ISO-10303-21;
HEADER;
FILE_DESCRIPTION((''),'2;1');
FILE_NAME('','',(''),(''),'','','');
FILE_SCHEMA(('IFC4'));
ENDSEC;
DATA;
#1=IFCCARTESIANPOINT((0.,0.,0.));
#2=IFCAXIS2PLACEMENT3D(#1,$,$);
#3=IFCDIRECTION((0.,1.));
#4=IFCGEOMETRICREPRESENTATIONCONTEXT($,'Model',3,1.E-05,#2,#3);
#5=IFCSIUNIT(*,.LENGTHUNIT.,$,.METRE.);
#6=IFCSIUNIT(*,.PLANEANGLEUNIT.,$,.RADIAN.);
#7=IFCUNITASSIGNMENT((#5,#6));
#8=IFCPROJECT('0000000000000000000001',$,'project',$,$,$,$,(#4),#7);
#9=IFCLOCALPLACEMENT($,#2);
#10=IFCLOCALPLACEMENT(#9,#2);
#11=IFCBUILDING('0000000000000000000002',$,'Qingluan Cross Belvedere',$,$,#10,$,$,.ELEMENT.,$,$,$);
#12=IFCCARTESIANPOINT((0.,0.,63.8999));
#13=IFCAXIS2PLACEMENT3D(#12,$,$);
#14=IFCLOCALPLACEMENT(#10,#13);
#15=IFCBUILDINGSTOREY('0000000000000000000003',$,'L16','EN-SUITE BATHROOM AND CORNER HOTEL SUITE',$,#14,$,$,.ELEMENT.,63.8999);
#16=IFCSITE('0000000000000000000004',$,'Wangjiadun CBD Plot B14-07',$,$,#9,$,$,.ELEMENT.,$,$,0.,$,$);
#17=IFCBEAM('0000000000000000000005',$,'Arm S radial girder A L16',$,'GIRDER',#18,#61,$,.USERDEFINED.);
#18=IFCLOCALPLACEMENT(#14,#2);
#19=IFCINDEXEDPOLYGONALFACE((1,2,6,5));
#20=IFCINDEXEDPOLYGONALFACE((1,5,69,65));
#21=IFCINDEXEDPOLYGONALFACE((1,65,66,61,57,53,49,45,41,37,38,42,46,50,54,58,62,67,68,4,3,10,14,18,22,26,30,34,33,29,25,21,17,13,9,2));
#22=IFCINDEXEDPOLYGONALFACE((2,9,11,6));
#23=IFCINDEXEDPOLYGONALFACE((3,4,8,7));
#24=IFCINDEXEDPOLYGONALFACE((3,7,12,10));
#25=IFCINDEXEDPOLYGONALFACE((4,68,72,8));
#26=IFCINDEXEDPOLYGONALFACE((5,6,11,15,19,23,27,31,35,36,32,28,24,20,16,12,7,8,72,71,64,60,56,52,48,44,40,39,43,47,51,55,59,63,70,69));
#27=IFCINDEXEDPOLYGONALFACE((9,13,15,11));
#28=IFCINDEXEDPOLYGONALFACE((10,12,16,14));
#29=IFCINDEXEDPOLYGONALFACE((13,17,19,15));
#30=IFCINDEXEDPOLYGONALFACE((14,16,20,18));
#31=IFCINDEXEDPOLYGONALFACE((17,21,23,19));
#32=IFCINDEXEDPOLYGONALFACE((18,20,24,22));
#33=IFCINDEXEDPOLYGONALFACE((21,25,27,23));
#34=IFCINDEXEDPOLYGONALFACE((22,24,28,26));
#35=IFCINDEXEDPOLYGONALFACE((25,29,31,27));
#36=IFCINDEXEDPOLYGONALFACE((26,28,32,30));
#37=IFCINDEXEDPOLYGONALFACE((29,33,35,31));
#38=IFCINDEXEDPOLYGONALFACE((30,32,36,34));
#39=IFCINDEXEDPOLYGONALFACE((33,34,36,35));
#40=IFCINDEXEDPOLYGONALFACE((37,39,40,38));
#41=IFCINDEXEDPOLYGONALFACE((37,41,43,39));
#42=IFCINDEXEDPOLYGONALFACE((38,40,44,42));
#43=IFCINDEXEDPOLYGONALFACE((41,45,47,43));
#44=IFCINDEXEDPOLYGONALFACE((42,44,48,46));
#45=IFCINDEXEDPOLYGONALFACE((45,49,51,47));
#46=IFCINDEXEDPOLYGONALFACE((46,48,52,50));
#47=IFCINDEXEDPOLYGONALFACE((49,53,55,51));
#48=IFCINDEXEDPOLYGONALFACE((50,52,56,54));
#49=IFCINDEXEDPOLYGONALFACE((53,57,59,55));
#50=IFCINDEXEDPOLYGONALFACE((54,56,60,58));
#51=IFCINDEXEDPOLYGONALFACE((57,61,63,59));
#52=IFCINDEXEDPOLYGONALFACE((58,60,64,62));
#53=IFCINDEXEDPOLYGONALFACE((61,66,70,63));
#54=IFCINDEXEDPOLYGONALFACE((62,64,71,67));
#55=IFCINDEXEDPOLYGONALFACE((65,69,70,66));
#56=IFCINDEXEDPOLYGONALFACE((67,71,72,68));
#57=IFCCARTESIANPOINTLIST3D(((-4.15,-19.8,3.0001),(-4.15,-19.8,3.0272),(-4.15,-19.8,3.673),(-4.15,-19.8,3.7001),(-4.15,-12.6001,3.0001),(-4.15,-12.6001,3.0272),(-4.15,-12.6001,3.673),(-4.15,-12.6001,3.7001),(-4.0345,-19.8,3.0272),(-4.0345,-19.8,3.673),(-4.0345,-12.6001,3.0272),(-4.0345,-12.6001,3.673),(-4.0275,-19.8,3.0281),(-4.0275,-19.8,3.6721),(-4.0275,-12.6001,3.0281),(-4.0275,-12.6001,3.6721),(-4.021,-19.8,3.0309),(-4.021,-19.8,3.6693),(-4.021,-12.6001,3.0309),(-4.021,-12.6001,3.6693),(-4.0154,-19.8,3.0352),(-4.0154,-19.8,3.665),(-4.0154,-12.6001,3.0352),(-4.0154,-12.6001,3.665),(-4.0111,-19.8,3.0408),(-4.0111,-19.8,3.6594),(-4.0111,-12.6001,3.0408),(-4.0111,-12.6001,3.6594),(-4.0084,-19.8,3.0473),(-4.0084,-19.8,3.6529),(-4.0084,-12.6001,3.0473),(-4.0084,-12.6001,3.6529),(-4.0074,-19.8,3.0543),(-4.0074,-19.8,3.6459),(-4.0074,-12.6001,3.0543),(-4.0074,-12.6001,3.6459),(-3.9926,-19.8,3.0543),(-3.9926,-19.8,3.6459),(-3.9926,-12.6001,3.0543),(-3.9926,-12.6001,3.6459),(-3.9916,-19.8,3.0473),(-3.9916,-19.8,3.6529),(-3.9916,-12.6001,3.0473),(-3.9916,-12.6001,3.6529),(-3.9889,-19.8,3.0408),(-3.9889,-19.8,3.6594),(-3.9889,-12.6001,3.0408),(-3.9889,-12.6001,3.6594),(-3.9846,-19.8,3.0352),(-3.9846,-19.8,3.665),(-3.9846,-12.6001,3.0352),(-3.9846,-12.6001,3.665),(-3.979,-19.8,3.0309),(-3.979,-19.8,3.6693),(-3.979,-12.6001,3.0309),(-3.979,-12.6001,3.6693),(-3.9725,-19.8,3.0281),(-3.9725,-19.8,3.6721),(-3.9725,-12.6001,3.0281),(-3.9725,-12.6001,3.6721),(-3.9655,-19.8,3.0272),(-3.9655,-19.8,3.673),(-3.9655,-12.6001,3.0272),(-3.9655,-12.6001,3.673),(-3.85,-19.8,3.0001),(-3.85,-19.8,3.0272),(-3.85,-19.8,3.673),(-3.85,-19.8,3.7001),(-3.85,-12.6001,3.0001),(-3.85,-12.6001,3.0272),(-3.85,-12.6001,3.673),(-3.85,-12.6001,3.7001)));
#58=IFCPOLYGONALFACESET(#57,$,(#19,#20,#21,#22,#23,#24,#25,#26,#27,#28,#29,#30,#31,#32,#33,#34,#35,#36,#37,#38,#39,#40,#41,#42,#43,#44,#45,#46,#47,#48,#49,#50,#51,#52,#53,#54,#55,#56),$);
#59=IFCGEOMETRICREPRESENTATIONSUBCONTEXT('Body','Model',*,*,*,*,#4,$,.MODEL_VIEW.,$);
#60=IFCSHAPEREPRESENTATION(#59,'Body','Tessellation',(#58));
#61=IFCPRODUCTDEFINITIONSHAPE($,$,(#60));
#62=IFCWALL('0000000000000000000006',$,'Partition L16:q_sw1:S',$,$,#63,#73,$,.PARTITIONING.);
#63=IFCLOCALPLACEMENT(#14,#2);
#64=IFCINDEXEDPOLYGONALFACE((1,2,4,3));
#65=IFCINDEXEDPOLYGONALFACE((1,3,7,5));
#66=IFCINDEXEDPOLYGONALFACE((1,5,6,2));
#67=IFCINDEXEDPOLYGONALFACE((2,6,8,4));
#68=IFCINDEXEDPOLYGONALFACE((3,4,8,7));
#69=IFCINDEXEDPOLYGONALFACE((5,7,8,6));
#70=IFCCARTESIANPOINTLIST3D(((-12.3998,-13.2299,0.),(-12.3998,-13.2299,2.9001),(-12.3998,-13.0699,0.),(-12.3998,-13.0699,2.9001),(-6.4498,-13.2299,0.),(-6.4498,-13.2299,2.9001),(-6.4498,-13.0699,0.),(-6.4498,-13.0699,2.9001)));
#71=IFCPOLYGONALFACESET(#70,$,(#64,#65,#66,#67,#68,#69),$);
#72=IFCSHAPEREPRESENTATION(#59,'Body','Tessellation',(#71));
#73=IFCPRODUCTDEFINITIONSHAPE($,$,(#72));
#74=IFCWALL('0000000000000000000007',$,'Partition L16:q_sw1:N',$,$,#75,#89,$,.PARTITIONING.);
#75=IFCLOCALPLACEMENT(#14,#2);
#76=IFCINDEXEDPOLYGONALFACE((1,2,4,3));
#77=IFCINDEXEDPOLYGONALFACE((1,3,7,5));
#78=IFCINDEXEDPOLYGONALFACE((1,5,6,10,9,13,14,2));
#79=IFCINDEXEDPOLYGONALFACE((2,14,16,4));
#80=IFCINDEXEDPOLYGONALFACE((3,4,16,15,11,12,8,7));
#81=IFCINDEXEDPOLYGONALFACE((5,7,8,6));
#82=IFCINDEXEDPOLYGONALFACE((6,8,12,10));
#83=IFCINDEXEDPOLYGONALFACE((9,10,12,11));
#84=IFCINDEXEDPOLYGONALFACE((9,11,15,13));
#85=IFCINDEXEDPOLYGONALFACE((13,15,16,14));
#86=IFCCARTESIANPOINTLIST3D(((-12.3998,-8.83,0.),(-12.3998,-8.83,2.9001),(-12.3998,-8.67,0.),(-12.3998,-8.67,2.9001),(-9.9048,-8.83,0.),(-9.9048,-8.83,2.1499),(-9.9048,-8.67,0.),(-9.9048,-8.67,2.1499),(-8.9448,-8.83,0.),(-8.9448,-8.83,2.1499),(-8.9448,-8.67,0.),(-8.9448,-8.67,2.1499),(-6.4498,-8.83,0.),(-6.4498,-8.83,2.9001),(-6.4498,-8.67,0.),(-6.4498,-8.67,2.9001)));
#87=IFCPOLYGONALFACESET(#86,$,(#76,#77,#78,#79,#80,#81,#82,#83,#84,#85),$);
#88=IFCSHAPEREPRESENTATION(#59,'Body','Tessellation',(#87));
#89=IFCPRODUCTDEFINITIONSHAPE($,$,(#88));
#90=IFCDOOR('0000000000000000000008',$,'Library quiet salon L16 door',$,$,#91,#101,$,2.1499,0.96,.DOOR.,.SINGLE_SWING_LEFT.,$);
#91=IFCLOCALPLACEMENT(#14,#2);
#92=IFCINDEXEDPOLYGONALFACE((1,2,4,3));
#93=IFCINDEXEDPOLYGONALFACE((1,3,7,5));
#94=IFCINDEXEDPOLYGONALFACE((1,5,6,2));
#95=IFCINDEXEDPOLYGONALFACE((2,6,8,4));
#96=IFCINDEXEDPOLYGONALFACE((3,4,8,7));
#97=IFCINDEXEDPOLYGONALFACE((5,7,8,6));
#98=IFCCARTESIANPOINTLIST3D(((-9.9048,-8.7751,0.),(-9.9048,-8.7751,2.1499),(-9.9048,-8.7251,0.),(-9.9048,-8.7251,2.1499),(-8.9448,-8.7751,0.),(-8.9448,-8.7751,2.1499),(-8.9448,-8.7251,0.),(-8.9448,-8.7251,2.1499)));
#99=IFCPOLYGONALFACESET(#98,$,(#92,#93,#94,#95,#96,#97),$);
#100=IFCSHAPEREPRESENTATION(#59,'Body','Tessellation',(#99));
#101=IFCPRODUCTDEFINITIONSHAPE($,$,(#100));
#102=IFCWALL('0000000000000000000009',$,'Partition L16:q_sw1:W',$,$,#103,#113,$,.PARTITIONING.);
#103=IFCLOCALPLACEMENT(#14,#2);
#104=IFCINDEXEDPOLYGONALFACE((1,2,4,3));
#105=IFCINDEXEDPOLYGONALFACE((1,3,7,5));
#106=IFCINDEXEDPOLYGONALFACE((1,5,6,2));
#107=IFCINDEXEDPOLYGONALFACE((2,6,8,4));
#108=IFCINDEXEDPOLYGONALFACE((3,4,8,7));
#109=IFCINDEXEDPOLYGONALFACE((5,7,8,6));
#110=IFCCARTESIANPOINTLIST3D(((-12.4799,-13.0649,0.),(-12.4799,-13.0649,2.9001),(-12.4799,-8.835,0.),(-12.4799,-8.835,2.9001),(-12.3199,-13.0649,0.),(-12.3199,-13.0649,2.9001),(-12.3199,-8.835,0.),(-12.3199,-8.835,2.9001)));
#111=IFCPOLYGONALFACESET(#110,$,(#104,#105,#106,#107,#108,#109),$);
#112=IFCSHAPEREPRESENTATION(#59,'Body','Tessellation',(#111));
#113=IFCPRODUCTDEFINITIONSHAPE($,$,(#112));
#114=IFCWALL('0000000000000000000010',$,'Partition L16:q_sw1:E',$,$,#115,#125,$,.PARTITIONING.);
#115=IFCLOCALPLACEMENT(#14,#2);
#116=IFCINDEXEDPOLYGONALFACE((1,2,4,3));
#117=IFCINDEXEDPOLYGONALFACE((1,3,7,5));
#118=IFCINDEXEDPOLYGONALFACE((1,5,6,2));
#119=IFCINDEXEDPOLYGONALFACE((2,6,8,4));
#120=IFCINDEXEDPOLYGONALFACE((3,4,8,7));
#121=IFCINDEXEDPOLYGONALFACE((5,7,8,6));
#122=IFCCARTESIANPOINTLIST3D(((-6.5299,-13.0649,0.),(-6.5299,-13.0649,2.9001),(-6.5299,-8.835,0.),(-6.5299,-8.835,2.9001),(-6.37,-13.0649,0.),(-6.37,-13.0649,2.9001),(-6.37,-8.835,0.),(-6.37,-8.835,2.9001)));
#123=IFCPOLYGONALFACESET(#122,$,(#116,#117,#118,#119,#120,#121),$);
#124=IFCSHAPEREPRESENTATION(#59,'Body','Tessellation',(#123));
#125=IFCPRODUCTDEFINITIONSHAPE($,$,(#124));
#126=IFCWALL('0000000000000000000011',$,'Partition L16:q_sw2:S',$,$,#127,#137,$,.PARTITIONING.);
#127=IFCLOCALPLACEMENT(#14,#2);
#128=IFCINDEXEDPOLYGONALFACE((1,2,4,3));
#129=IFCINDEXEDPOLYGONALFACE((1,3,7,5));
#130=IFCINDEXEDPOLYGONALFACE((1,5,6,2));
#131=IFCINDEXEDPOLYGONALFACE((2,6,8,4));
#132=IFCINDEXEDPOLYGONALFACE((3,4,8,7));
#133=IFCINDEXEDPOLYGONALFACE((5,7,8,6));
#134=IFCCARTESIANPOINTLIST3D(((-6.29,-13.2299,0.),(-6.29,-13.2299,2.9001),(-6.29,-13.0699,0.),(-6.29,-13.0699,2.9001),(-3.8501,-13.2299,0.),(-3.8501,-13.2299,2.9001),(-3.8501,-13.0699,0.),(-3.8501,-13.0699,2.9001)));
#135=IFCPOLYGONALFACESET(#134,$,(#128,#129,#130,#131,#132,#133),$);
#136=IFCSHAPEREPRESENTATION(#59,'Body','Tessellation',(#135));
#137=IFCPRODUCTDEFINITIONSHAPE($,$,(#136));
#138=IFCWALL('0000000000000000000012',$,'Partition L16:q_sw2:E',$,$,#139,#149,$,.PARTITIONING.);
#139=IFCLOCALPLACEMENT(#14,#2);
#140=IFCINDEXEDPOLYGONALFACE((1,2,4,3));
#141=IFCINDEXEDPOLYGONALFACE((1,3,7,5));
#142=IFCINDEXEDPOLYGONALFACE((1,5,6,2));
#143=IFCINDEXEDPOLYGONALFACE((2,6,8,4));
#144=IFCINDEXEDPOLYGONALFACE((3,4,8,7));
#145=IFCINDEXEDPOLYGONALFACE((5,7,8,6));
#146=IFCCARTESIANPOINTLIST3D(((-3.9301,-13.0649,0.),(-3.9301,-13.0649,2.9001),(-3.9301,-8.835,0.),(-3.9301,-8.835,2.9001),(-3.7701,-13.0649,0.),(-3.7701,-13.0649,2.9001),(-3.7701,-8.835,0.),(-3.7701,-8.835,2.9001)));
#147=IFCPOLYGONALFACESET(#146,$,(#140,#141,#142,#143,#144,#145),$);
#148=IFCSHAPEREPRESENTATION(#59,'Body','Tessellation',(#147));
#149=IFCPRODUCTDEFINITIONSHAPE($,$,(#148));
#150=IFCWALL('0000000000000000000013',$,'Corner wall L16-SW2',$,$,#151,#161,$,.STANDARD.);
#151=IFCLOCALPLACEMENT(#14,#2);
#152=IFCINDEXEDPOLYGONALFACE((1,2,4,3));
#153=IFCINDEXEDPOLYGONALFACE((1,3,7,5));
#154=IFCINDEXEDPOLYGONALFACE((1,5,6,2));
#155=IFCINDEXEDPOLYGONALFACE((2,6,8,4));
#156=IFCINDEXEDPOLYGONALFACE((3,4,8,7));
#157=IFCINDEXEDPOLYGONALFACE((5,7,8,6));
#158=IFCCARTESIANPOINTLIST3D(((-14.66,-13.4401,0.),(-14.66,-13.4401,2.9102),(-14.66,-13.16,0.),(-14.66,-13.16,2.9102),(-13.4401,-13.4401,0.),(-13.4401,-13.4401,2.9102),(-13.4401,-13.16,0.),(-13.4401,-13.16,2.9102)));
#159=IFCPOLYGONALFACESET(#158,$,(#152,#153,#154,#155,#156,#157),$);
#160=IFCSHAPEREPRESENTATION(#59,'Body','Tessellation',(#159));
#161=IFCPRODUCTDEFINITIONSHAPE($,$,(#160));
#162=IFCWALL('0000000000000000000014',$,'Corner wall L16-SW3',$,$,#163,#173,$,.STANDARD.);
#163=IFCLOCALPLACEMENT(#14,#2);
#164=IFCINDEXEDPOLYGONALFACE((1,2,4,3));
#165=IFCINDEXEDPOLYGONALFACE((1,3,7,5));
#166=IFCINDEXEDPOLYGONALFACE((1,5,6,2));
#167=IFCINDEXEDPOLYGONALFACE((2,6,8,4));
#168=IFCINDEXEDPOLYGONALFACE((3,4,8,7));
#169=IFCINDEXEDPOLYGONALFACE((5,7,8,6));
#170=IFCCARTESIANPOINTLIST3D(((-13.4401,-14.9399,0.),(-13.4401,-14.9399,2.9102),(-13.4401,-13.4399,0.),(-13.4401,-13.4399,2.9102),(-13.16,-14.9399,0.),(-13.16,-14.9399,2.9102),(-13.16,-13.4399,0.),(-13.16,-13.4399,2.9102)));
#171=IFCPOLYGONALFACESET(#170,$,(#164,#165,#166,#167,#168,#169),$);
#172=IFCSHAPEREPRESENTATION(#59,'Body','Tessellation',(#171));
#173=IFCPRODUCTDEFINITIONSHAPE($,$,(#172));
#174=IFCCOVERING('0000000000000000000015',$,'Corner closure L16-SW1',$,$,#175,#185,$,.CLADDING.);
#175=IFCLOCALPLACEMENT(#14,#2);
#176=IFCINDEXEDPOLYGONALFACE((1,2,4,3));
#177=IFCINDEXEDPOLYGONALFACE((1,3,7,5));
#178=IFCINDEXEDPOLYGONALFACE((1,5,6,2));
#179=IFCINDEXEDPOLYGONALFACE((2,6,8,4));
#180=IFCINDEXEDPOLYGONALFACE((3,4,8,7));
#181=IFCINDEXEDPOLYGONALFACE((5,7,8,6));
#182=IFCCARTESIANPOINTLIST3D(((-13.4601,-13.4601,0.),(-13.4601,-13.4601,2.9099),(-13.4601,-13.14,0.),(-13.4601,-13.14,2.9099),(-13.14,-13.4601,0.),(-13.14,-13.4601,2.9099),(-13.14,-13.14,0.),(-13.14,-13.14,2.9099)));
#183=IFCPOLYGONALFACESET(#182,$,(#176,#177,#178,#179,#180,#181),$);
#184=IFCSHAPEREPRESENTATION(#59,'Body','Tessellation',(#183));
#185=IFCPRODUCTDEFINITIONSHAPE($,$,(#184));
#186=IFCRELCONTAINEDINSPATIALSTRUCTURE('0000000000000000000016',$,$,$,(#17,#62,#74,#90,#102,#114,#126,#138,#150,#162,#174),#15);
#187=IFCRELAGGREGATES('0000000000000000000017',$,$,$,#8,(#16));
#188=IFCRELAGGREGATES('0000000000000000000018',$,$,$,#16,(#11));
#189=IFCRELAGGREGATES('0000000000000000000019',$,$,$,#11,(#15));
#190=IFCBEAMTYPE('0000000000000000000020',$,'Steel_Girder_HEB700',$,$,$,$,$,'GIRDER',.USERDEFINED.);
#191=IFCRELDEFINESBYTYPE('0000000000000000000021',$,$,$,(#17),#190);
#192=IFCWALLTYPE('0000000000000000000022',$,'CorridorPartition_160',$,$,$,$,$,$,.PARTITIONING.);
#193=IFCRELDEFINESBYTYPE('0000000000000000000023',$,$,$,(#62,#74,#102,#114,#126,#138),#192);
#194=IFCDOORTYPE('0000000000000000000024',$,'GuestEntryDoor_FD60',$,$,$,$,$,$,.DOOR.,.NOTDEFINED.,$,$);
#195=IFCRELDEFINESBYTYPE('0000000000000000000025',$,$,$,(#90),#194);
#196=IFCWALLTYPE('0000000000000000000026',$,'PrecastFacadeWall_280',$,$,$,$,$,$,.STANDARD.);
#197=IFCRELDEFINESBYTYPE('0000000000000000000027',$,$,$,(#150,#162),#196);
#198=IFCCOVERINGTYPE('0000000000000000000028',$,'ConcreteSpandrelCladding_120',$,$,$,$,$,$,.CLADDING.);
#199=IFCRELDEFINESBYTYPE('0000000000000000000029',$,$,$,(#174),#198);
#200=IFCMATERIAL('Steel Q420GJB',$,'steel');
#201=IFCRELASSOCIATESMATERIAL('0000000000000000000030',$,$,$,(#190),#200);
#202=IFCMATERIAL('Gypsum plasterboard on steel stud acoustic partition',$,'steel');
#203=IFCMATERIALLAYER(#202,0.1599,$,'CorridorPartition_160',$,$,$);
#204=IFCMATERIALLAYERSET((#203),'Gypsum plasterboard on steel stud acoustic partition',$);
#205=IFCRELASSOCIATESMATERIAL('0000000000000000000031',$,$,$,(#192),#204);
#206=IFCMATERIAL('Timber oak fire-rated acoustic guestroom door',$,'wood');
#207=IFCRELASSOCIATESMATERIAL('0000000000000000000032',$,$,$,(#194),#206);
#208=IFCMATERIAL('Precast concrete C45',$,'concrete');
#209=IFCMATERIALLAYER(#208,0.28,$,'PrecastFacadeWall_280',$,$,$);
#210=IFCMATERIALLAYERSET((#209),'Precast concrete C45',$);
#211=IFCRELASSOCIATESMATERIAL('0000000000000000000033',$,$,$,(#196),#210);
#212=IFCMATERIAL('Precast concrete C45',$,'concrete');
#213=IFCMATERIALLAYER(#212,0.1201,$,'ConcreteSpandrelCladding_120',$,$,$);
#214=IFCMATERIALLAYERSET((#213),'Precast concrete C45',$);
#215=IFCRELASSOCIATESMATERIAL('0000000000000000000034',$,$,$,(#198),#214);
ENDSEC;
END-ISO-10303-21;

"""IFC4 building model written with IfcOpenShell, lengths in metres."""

from ifc_helpers import new_model, si_unit, direction, frame, frame_2d, origin, origin_2d, place, context, subcontext, project, spatial, rectangle, i_section, extrude, material, layer, layer_set, material_profile, profile_set, type_object, element, fill, save


model = new_model("IFC4")

# Units and contexts
model_context = context("Model", 3, precision=1e-05, world=origin(), true_north=direction((0.0, 1.0)))
body_context = subcontext(model_context, "Body", "Model", "MODEL_VIEW")
ifc_project = project(units=[si_unit("LENGTHUNIT", "METRE"), si_unit("PLANEANGLEUNIT", "RADIAN")], contexts=[model_context])

# Site, building, storey
site_placement = place(None, origin())
site = spatial("IfcSite", under=ifc_project, at=site_placement, Name="Wangjiadun CBD Plot B14-07", CompositionType="ELEMENT", RefElevation=0.0)
building_placement = place(site_placement, origin())
building = spatial("IfcBuilding", under=site, at=building_placement, Name="Qingluan Cross Belvedere", CompositionType="ELEMENT")
storey_placement = place(building_placement, frame((0.0, 0.0, 63.8999)))
storey = spatial("IfcBuildingStorey", under=building, at=storey_placement, Name="L16", Description="EN-SUITE BATHROOM AND CORNER HOTEL SUITE", CompositionType="ELEMENT", Elevation=63.8999)

# Beam
ifc_material_1 = material(Name="Steel Q420GJB", Category="steel")
ifc_material_profile_1 = material_profile(ifc_material_1, i_section(OverallWidth=0.3, OverallDepth=0.7, WebThickness=0.0149, FlangeThickness=0.0271, FilletRadius=0.0271, at=origin_2d()), Name="HEB700")
ifc_profile_set_1 = profile_set([ifc_material_profile_1], Name="Steel Q420GJB")
beam_type_1 = type_object("IfcBeamType", Name="Steel_Girder_HEB700", ElementType="GIRDER", PredefinedType="USERDEFINED", material=ifc_profile_set_1)
beam_1_placement = place(storey_placement, frame((-4.0, -12.6001, 3.3501), z_axis=(0.0, -1.0, 0.0), x_axis=(1.0, 0.0, 0.0)))
element("IfcBeam", 1, at=beam_1_placement, inside=storey, type_object=beam_type_1, Name="Arm S radial girder A L16", ObjectType="GIRDER", PredefinedType="USERDEFINED", context=body_context, shape_type="SweptSolid", body=[
    extrude(i_section(OverallWidth=0.3, OverallDepth=0.7, WebThickness=0.0149, FlangeThickness=0.0271, FilletRadius=0.0271, at=origin_2d()), origin(), (0.0, 0.0, 1.0), 7.2),
])

# Wall
ifc_material_2 = material(Name="Gypsum plasterboard on steel stud acoustic partition", Category="steel")
ifc_layer_1 = layer(ifc_material_2, 0.1599, Name="CorridorPartition_160")
ifc_layer_set_1 = layer_set([ifc_layer_1], Name="Gypsum plasterboard on steel stud acoustic partition")
wall_type_1 = type_object("IfcWallType", Name="CorridorPartition_160", PredefinedType="PARTITIONING", material=ifc_layer_set_1)
wall_1_placement = place(storey_placement, frame((-12.3999, -13.1499, 0.0), z_axis=(0.0, 0.0, 1.0), x_axis=(1.0, 0.0, 0.0)))
element("IfcWall", 2, at=wall_1_placement, inside=storey, type_object=wall_type_1, Name="Partition L16:q_sw1:S", PredefinedType="PARTITIONING", context=body_context, shape_type="SweptSolid", body=[
    extrude(rectangle(XDim=5.95, YDim=0.1599, at=frame_2d((2.9751, 0.0))), origin(), (0.0, 0.0, 1.0), 2.9001),
])

# Wall, opening, door
wall_2_placement = place(storey_placement, frame((-12.3999, -8.75, 0.0), z_axis=(0.0, 0.0, 1.0), x_axis=(1.0, 0.0, 0.0)))
wall_2 = element("IfcWall", 3, at=wall_2_placement, inside=storey, type_object=wall_type_1, Name="Partition L16:q_sw1:N", PredefinedType="PARTITIONING", context=body_context, shape_type="SweptSolid", body=[
    extrude(rectangle(XDim=5.95, YDim=0.1599, at=frame_2d((2.9751, 0.0))), origin(), (0.0, 0.0, 1.0), 2.9001),
])
opening_1_placement = place(wall_2_placement, frame((2.4951, 0.0, 0.0)))
opening_1 = element("IfcOpeningElement", 4, at=opening_1_placement, cuts=wall_2, PredefinedType="OPENING", context=body_context, shape_type="SweptSolid", body=[
    extrude(rectangle(XDim=0.96, YDim=2.1499, at=frame_2d((0.48, 1.075))), frame((0.0, 0.0898, 0.0), z_axis=(0.0, -1.0, 0.0), x_axis=(1.0, 0.0, 0.0)), (0.0, 0.0, 1.0), 0.1799),
])
ifc_material_3 = material(Name="Timber oak fire-rated acoustic guestroom door", Category="wood")
door_type = type_object("IfcDoorType", Name="GuestEntryDoor_FD60", OperationType="NOTDEFINED", PredefinedType="DOOR", material=ifc_material_3)
door_1_placement = place(opening_1_placement, origin())
door_1 = element("IfcDoor", 5, at=door_1_placement, inside=storey, type_object=door_type, Name="Library quiet salon L16 door", OperationType="SINGLE_SWING_LEFT", OverallHeight=2.1499, OverallWidth=0.96, PredefinedType="DOOR", context=body_context, shape_type="SweptSolid", body=[
    extrude(rectangle(XDim=0.96, YDim=2.1499, at=frame_2d((0.48, 1.075))), frame((0.0, 0.0249, 0.0), z_axis=(0.0, -1.0, 0.0), x_axis=(1.0, 0.0, 0.0)), (0.0, 0.0, 1.0), 0.05),
])
fill(opening_1, door_1)

# Walls
for number, where, z_axis, x_axis, name in (
    (6, (-12.3999, -13.0649, 0.0), (0.0, 0.0, 1.0), (0.0, 1.0, 0.0), "Partition L16:q_sw1:W"),
    (7, (-6.45, -13.0649, 0.0), (0.0, 0.0, 1.0), (0.0, 1.0, 0.0), "Partition L16:q_sw1:E"),
):
    element("IfcWall", number, at=place(storey_placement, frame(where, z_axis=z_axis, x_axis=x_axis)), inside=storey, type_object=wall_type_1, Name=name, PredefinedType="PARTITIONING", context=body_context, shape_type="SweptSolid", body=[
        extrude(rectangle(XDim=4.23, YDim=0.1599, at=frame_2d((2.115, 0.0))), origin(), (0.0, 0.0, 1.0), 2.9001),
    ])
wall_3_placement = place(storey_placement, frame((-6.29, -13.1499, 0.0), z_axis=(0.0, 0.0, 1.0), x_axis=(1.0, 0.0, 0.0)))
element("IfcWall", 8, at=wall_3_placement, inside=storey, type_object=wall_type_1, Name="Partition L16:q_sw2:S", PredefinedType="PARTITIONING", context=body_context, shape_type="SweptSolid", body=[
    extrude(rectangle(XDim=2.4399, YDim=0.1599, at=frame_2d((1.22, 0.0))), origin(), (0.0, 0.0, 1.0), 2.9001),
])

# Walls
wall_4_placement = place(storey_placement, frame((-3.8501, -13.0649, 0.0), z_axis=(0.0, 0.0, 1.0), x_axis=(0.0, 1.0, 0.0)))
element("IfcWall", 9, at=wall_4_placement, inside=storey, type_object=wall_type_1, Name="Partition L16:q_sw2:E", PredefinedType="PARTITIONING", context=body_context, shape_type="SweptSolid", body=[
    extrude(rectangle(XDim=4.23, YDim=0.1599, at=frame_2d((2.115, 0.0))), origin(), (0.0, 0.0, 1.0), 2.9001),
])
ifc_material_4 = material(Name="Precast concrete C45", Category="concrete")
ifc_layer_2 = layer(ifc_material_4, 0.28, Name="PrecastFacadeWall_280")
ifc_layer_set_2 = layer_set([ifc_layer_2], Name="Precast concrete C45")
wall_type_2 = type_object("IfcWallType", Name="PrecastFacadeWall_280", PredefinedType="STANDARD", material=ifc_layer_set_2)
wall_5_placement = place(storey_placement, frame((-14.6599, -13.3, 0.0), z_axis=(0.0, 0.0, 1.0), x_axis=(1.0, 0.0, 0.0)))
element("IfcWall", 10, at=wall_5_placement, inside=storey, type_object=wall_type_2, Name="Corner wall L16-SW2", PredefinedType="STANDARD", context=body_context, shape_type="SweptSolid", body=[
    extrude(rectangle(XDim=1.22, YDim=0.28, at=frame_2d((0.6099, 0.0))), origin(), (0.0, 0.0, 1.0), 2.9102),
])
wall_6_placement = place(storey_placement, frame((-13.3, -13.4399, 0.0), z_axis=(0.0, 0.0, 1.0), x_axis=(0.0, -1.0, 0.0)))
element("IfcWall", 11, at=wall_6_placement, inside=storey, type_object=wall_type_2, Name="Corner wall L16-SW3", PredefinedType="STANDARD", context=body_context, shape_type="SweptSolid", body=[
    extrude(rectangle(XDim=1.5, YDim=0.28, at=frame_2d((0.75, 0.0))), origin(), (0.0, 0.0, 1.0), 2.9102),
])

# Covering
ifc_material_5 = material(Name="Precast concrete C45", Category="concrete")
ifc_layer_3 = layer(ifc_material_5, 0.1201, Name="ConcreteSpandrelCladding_120")
ifc_layer_set_3 = layer_set([ifc_layer_3], Name="Precast concrete C45")
covering_type = type_object("IfcCoveringType", Name="ConcreteSpandrelCladding_120", PredefinedType="CLADDING", material=ifc_layer_set_3)
covering_placement = place(storey_placement, frame((-13.3, -13.3, 0.0), z_axis=(0.0, 0.0, 1.0), x_axis=(1.0, 0.0, 0.0)))
element("IfcCovering", 12, at=covering_placement, inside=storey, type_object=covering_type, Name="Corner closure L16-SW1", PredefinedType="CLADDING", context=body_context, shape_type="SweptSolid", body=[
    extrude(rectangle(XDim=0.3201, YDim=0.3201, at=origin_2d()), origin(), (0.0, 0.0, 1.0), 2.9099),
])

save(model, "model.ifc")
